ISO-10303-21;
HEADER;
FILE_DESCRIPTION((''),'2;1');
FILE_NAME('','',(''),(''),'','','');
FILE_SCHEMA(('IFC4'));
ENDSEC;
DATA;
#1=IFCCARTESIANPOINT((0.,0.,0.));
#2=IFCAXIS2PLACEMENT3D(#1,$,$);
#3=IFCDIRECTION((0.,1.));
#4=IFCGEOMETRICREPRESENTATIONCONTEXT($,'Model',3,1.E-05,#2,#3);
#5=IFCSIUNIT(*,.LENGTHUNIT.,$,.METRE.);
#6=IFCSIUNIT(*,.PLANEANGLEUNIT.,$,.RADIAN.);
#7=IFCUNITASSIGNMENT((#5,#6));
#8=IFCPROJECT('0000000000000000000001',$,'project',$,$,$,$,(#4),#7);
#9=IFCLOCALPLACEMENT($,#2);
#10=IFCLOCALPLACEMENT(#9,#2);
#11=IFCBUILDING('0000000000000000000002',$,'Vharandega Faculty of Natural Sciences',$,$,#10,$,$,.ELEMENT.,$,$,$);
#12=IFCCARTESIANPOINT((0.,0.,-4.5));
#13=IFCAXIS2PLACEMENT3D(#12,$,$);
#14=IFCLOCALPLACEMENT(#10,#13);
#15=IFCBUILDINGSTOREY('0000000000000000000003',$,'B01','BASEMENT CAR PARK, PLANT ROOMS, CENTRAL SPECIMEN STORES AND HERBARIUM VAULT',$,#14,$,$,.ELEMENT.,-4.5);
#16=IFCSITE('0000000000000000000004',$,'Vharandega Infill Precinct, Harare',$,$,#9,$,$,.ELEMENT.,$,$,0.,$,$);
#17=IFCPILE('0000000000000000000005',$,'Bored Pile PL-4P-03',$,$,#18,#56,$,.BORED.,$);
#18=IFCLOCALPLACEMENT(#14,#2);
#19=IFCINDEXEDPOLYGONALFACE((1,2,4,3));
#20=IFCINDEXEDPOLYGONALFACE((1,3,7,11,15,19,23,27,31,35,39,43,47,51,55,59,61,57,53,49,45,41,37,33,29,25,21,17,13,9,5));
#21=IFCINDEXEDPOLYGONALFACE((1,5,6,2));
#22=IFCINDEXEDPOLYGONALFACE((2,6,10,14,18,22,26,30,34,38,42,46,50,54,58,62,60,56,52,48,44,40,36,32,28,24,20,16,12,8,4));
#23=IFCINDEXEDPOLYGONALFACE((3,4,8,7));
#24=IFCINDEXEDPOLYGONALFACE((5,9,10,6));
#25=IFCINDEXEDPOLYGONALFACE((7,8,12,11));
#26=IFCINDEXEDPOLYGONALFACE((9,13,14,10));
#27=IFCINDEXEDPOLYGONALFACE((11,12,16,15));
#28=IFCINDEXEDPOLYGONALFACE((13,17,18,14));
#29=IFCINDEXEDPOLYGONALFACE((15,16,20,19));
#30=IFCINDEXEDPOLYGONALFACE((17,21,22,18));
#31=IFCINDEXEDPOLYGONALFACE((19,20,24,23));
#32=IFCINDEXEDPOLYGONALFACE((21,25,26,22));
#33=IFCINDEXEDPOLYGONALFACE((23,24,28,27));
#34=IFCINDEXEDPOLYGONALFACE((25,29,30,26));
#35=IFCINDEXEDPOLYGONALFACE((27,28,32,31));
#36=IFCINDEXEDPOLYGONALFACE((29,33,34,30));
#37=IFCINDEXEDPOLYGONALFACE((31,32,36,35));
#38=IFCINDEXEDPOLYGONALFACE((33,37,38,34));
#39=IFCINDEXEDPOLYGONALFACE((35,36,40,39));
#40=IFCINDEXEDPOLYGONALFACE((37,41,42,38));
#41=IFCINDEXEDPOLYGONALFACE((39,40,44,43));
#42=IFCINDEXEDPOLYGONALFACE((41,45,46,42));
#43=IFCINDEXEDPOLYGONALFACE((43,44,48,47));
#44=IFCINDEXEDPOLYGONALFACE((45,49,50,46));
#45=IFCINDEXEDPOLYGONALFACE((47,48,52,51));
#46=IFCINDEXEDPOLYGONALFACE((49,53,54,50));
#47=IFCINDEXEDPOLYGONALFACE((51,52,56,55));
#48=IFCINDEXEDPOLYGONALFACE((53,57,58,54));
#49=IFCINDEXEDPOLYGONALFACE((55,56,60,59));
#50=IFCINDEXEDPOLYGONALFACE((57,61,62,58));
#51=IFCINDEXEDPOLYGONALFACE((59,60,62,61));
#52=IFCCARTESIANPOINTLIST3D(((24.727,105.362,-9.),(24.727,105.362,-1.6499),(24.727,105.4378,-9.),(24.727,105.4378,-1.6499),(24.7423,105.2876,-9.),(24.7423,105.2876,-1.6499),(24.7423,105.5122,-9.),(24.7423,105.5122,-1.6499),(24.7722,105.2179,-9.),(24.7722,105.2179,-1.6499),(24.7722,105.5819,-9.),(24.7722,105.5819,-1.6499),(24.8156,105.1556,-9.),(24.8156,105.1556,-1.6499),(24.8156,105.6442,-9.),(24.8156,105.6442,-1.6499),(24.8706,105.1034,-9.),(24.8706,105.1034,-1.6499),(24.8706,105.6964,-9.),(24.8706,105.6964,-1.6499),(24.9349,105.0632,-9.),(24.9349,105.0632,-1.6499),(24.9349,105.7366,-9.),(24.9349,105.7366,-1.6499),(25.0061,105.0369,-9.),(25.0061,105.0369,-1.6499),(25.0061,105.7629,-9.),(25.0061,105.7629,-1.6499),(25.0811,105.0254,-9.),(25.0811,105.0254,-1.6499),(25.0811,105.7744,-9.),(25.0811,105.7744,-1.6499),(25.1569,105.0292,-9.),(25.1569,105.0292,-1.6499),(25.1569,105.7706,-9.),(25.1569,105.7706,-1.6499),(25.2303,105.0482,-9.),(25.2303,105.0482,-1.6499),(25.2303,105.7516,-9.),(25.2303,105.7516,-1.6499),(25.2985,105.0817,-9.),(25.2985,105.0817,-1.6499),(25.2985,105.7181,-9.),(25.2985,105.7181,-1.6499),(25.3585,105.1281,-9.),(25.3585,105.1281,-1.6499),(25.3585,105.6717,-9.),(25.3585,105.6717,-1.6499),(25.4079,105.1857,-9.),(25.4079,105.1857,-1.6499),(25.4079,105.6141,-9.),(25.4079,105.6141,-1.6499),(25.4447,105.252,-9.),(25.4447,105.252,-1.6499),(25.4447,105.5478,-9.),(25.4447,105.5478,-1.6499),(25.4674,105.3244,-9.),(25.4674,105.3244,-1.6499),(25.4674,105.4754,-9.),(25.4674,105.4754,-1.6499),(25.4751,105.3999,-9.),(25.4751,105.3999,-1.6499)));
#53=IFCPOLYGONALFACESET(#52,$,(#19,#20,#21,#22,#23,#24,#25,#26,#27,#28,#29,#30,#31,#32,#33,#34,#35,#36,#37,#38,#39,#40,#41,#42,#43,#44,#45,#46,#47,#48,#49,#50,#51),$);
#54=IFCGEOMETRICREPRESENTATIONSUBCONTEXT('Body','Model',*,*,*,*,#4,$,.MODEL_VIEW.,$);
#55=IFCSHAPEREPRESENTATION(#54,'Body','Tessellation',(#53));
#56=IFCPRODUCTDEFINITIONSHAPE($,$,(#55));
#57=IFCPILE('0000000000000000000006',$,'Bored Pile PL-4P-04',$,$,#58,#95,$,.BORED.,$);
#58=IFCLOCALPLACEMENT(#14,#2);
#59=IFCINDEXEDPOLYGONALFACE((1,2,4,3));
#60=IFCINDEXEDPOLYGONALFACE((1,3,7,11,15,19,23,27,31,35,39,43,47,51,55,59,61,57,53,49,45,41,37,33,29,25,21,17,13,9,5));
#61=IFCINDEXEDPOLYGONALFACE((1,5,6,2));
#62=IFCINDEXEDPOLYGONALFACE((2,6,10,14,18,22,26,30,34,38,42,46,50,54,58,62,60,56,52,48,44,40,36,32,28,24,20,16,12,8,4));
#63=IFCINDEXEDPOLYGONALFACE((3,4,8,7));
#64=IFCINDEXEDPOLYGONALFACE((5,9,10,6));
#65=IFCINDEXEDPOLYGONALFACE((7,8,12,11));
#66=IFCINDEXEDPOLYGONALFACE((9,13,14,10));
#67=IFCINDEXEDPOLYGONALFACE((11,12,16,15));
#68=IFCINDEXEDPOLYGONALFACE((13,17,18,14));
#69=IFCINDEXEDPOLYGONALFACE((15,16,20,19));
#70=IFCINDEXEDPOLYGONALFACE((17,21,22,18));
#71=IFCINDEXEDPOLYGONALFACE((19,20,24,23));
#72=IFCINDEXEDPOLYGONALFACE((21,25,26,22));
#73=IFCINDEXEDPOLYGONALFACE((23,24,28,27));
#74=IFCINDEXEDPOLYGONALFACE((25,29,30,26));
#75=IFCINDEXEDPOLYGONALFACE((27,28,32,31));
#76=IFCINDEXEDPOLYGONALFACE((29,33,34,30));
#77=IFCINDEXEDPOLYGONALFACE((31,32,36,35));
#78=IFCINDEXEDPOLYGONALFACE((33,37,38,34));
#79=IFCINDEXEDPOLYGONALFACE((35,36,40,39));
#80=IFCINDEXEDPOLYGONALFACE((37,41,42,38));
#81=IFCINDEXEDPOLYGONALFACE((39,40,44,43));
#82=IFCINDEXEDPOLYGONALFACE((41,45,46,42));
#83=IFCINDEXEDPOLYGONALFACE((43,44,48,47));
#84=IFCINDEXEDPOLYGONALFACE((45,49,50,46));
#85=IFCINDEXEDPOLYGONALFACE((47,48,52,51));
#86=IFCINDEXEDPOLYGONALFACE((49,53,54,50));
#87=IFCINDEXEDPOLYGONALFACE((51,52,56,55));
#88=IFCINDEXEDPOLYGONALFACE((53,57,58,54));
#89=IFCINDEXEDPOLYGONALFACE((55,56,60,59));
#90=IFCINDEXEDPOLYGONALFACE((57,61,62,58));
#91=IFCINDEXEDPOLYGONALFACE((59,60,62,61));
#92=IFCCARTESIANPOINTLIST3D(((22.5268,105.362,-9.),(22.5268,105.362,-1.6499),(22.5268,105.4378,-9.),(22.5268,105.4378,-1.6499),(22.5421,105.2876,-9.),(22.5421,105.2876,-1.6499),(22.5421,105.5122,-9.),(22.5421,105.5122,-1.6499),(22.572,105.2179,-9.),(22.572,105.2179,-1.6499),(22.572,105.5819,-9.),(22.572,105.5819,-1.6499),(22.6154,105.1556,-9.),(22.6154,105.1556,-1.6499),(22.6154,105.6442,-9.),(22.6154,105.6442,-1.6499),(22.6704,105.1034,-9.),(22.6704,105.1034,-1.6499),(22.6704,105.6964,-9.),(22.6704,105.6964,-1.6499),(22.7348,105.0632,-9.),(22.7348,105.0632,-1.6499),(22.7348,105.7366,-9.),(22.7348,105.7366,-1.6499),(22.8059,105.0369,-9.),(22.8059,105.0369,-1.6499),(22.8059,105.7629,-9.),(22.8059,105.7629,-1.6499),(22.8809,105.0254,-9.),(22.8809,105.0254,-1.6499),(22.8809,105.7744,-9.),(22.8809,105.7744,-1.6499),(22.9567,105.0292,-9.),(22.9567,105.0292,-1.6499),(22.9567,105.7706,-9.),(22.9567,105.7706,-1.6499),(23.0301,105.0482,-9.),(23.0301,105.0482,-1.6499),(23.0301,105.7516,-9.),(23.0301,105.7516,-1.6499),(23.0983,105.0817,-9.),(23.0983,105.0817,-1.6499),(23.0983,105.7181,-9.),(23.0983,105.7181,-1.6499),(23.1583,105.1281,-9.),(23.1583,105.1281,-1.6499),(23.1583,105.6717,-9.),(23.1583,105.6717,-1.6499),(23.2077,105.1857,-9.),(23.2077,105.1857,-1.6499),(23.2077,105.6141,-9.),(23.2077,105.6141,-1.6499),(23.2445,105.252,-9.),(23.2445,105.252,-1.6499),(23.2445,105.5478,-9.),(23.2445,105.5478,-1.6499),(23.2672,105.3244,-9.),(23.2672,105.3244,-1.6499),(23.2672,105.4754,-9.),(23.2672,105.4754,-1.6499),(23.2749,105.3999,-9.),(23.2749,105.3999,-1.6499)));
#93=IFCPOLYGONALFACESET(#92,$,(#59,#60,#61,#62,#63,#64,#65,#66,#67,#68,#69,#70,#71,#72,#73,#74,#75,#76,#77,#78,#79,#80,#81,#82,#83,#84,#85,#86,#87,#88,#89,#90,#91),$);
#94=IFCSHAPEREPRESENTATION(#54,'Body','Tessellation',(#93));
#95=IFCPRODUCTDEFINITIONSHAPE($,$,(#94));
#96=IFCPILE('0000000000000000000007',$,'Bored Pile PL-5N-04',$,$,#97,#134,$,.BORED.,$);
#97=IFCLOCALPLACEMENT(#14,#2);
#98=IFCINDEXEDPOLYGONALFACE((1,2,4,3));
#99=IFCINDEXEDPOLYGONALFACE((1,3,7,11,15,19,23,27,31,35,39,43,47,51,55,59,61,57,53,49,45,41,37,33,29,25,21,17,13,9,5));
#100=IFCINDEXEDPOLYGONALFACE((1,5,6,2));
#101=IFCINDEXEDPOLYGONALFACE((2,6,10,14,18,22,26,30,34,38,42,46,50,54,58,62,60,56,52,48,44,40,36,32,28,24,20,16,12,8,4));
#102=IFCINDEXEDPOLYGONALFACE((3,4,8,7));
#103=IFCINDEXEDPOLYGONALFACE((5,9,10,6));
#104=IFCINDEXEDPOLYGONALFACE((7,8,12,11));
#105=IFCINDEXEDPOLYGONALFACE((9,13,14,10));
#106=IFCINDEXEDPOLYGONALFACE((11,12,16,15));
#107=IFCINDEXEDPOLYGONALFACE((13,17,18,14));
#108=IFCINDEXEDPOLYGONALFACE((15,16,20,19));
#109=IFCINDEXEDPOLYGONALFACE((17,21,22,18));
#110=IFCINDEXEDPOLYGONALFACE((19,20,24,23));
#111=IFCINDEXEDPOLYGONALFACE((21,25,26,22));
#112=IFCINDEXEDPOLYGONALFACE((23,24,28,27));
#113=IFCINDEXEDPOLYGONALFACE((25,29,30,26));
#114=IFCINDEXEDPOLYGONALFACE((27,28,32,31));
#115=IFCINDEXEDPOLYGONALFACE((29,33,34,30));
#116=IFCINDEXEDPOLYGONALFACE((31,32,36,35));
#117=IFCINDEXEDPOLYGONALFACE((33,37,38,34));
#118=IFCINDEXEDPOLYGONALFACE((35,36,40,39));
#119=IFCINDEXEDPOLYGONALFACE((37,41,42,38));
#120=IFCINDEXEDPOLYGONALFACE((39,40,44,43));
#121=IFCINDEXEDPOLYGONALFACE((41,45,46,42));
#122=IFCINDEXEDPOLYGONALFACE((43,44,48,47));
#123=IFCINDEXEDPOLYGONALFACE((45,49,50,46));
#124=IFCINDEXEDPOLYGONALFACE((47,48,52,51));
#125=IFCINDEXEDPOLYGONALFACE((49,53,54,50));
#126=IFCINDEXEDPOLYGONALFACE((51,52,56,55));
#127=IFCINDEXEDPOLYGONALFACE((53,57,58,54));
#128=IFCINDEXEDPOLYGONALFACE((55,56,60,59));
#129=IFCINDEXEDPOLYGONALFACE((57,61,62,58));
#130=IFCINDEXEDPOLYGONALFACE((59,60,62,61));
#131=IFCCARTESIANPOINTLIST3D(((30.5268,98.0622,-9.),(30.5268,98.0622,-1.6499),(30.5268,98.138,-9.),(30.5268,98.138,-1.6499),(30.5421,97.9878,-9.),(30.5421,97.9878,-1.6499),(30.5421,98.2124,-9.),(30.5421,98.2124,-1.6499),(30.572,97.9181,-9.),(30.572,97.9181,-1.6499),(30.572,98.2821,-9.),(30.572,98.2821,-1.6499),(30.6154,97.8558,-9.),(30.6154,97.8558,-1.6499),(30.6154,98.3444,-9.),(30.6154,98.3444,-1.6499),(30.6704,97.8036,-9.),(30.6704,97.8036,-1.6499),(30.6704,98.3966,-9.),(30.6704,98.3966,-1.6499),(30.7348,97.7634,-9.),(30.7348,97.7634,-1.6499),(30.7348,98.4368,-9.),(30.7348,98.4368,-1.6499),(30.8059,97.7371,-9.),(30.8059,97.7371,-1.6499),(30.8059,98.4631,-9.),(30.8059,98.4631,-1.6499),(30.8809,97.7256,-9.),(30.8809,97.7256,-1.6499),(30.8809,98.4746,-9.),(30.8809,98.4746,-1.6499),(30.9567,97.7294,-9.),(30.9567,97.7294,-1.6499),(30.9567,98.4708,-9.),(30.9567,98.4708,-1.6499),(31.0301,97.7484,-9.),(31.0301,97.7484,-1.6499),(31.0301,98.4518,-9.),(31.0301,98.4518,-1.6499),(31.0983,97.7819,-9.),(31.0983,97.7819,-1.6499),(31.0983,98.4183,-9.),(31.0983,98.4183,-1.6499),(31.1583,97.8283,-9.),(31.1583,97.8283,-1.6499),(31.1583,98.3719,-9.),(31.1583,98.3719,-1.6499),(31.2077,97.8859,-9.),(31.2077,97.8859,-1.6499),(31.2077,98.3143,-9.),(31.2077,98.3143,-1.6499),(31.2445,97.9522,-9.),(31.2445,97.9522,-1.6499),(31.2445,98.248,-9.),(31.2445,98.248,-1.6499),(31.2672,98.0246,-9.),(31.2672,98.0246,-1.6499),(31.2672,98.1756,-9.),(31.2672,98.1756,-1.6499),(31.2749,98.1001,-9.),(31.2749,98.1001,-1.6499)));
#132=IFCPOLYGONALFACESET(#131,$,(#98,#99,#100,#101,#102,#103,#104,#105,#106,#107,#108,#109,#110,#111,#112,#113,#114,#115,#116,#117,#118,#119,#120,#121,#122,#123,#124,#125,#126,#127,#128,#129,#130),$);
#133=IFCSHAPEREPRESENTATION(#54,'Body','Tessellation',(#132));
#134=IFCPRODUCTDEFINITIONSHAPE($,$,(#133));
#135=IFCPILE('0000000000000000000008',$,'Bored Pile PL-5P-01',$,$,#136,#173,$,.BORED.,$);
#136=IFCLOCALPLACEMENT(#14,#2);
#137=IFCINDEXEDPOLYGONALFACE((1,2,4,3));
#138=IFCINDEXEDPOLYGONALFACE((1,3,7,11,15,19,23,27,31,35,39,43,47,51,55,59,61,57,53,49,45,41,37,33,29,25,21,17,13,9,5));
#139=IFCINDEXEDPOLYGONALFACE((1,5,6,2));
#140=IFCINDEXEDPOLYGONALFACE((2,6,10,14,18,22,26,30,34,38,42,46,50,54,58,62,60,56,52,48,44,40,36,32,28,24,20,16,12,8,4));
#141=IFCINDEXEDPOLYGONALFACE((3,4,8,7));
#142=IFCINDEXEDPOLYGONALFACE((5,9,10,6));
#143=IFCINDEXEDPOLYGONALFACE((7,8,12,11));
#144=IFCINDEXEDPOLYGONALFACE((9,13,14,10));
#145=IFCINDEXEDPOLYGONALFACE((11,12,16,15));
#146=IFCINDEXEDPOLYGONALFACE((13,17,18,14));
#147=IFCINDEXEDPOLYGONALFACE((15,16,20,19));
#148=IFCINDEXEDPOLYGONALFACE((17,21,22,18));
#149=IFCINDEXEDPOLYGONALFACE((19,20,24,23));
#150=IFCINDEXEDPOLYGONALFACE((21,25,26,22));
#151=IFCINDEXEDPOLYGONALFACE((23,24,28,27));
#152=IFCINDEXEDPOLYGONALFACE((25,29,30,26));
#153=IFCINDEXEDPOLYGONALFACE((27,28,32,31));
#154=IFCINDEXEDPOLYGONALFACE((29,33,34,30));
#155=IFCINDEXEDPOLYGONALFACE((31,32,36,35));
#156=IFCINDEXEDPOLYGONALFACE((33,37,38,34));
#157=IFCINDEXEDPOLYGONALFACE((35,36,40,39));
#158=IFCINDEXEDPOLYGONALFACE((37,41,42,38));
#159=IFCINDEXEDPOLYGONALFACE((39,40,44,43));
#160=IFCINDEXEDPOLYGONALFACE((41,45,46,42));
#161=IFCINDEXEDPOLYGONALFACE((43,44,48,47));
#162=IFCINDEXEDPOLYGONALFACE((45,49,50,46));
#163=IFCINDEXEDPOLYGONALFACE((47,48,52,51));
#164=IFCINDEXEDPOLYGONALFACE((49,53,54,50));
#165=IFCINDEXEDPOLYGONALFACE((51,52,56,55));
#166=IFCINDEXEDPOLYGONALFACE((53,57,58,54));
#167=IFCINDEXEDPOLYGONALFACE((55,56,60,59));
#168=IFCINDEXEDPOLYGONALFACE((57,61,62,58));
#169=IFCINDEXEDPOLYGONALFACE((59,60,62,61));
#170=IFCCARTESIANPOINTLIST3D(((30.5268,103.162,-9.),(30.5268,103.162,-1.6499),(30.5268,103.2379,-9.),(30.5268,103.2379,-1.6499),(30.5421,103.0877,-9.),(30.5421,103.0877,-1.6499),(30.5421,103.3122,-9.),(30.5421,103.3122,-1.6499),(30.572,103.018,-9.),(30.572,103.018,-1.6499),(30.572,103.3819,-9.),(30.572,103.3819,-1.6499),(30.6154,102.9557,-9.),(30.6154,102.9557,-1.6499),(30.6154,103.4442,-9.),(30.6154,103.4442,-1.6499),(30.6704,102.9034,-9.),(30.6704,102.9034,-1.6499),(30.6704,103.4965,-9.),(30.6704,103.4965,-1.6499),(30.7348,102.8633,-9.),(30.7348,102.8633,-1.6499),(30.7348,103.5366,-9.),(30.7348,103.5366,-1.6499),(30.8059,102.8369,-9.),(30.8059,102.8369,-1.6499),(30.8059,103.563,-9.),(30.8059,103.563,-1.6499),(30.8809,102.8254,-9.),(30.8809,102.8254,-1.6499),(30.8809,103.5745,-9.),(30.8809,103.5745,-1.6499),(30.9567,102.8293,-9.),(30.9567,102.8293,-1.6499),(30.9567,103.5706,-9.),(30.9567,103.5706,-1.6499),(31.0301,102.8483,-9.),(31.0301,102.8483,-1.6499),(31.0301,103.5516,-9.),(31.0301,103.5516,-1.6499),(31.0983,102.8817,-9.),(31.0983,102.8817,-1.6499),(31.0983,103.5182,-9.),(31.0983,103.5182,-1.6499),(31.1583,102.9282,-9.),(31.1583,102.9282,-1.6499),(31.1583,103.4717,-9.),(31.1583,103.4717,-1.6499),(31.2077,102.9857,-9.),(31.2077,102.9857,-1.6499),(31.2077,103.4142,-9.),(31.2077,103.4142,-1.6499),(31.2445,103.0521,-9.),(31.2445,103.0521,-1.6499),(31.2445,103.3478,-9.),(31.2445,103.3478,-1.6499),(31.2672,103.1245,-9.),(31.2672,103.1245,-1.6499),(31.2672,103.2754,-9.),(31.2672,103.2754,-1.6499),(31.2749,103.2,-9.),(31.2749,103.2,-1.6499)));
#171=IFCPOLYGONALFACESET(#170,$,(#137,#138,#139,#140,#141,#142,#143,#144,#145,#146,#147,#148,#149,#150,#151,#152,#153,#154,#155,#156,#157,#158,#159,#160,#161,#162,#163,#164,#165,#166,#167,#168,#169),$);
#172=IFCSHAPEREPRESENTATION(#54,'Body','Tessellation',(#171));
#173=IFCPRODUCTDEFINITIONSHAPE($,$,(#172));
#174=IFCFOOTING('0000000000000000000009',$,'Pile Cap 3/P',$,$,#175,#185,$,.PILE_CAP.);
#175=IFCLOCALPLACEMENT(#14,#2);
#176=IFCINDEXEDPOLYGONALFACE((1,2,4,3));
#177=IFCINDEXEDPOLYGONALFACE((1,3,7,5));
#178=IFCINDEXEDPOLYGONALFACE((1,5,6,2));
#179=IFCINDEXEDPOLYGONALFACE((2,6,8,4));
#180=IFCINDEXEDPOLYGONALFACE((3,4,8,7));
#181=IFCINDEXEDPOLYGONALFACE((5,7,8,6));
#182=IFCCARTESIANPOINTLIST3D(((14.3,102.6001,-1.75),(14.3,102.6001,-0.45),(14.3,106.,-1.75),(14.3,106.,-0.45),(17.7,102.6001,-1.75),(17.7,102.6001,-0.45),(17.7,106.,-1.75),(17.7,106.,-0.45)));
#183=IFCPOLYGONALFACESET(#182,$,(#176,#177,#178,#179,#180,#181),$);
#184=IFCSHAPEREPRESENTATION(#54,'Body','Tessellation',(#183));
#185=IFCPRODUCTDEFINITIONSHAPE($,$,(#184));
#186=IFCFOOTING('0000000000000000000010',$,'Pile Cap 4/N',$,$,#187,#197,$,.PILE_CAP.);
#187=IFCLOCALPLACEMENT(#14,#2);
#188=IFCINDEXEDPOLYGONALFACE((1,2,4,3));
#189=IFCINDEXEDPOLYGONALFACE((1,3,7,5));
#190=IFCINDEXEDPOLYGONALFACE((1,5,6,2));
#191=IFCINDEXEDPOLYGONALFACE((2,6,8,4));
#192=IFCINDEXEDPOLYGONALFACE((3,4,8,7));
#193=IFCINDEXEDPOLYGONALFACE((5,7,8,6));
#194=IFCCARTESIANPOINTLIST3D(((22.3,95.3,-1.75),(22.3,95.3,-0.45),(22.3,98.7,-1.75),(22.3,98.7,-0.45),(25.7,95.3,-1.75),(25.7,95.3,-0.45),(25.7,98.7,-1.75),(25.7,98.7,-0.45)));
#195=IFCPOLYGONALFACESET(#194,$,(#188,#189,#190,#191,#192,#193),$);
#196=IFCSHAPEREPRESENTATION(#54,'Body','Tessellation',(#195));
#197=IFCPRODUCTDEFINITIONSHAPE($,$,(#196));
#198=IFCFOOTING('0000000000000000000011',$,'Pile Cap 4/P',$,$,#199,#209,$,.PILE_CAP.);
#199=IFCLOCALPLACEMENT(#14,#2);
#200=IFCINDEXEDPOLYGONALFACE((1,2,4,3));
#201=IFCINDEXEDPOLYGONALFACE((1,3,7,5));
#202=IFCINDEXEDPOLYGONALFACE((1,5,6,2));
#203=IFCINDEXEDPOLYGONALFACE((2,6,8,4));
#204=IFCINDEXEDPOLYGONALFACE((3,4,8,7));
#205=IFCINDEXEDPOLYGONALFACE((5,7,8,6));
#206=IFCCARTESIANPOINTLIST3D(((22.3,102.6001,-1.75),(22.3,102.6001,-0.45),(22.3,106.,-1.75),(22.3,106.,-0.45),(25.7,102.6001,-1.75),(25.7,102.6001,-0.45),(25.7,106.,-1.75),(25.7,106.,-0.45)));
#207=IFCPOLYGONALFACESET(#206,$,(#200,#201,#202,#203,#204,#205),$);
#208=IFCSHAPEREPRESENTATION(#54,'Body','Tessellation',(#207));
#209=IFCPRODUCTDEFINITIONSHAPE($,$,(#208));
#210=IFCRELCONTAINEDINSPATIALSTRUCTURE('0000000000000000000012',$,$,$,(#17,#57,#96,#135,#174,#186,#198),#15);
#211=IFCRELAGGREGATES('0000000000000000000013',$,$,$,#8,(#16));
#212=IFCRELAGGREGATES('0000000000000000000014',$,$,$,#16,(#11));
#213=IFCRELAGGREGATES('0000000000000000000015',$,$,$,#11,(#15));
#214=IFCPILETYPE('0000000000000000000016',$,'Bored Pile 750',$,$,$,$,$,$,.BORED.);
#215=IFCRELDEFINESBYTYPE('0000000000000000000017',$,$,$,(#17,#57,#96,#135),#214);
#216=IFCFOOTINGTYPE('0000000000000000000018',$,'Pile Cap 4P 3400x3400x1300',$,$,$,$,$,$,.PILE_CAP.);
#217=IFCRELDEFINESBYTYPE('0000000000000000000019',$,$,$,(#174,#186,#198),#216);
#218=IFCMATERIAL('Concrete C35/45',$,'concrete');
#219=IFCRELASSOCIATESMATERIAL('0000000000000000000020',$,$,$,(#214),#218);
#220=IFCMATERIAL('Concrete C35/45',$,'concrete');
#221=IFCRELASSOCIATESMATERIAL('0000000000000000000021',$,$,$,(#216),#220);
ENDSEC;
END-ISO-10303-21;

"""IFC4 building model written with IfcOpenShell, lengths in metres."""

from ifc_helpers import new_model, si_unit, direction, frame, origin, origin_2d, place, context, subcontext, project, spatial, rectangle, circle, extrude, material, material_profile, profile_set, type_object, element, save


model = new_model("IFC4")

# Units and contexts
model_context = context("Model", 3, precision=1e-05, world=origin(), true_north=direction((0.0, 1.0)))
body_context = subcontext(model_context, "Body", "Model", "MODEL_VIEW")
ifc_project = project(units=[si_unit("LENGTHUNIT", "METRE"), si_unit("PLANEANGLEUNIT", "RADIAN")], contexts=[model_context])

# Site, building, storey
site_placement = place(None, origin())
site = spatial("IfcSite", under=ifc_project, at=site_placement, Name="Vharandega Infill Precinct, Harare", CompositionType="ELEMENT", RefElevation=0.0)
building_placement = place(site_placement, origin())
building = spatial("IfcBuilding", under=site, at=building_placement, Name="Vharandega Faculty of Natural Sciences", CompositionType="ELEMENT")
storey_placement = place(building_placement, frame((0.0, 0.0, -4.5)))
storey = spatial("IfcBuildingStorey", under=building, at=storey_placement, Name="B01", Description="BASEMENT CAR PARK, PLANT ROOMS, CENTRAL SPECIMEN STORES AND HERBARIUM VAULT", CompositionType="ELEMENT", Elevation=-4.5)

# Piles
ifc_material_1 = material(Name="Concrete C35/45", Category="concrete")
ifc_material_profile_1 = material_profile(ifc_material_1, circle(Radius=0.375, at=origin_2d()), Name="PILE 750")
ifc_profile_set_1 = profile_set([ifc_material_profile_1], Name="Concrete C35/45")
pile_type = type_object("IfcPileType", Name="Bored Pile 750", PredefinedType="BORED", material=ifc_profile_set_1)
for number, where, z_axis, x_axis, name in (
    (1, (25.1001, 105.3999, -1.6499), (0.0, 0.0, -1.0), (1.0, 0.0, 0.0), "Bored Pile PL-4P-03"),
    (2, (22.8999, 105.3999, -1.6499), (0.0, 0.0, -1.0), (1.0, 0.0, 0.0), "Bored Pile PL-4P-04"),
    (3, (30.8999, 98.1001, -1.6499), (0.0, 0.0, -1.0), (1.0, 0.0, 0.0), "Bored Pile PL-5N-04"),
    (4, (30.8999, 103.2, -1.6499), (0.0, 0.0, -1.0), (1.0, 0.0, 0.0), "Bored Pile PL-5P-01"),
):
    element("IfcPile", number, at=place(storey_placement, frame(where, z_axis=z_axis, x_axis=x_axis)), inside=storey, type_object=pile_type, Name=name, PredefinedType="BORED", context=body_context, shape_type="SweptSolid", body=[
        extrude(circle(Radius=0.375, at=origin_2d()), origin(), (0.0, 0.0, 1.0), 7.3501),
    ])

# Footings
ifc_material_2 = material(Name="Concrete C35/45", Category="concrete")
footing_type = type_object("IfcFootingType", Name="Pile Cap 4P 3400x3400x1300", PredefinedType="PILE_CAP", material=ifc_material_2)
for number, where, z_axis, x_axis, name in (
    (5, (16.0, 104.3, -1.75), (0.0, 0.0, 1.0), (1.0, 0.0, 0.0), "Pile Cap 3/P"),
    (6, (24.0, 97.0, -1.75), (0.0, 0.0, 1.0), (1.0, 0.0, 0.0), "Pile Cap 4/N"),
    (7, (24.0, 104.3, -1.75), (0.0, 0.0, 1.0), (1.0, 0.0, 0.0), "Pile Cap 4/P"),
):
    element("IfcFooting", number, at=place(storey_placement, frame(where, z_axis=z_axis, x_axis=x_axis)), inside=storey, type_object=footing_type, Name=name, PredefinedType="PILE_CAP", context=body_context, shape_type="SweptSolid", body=[
        extrude(rectangle(XDim=3.3999, YDim=3.3999, at=origin_2d()), origin(), (0.0, 0.0, 1.0), 1.3),
    ])

save(model, "model.ifc")
